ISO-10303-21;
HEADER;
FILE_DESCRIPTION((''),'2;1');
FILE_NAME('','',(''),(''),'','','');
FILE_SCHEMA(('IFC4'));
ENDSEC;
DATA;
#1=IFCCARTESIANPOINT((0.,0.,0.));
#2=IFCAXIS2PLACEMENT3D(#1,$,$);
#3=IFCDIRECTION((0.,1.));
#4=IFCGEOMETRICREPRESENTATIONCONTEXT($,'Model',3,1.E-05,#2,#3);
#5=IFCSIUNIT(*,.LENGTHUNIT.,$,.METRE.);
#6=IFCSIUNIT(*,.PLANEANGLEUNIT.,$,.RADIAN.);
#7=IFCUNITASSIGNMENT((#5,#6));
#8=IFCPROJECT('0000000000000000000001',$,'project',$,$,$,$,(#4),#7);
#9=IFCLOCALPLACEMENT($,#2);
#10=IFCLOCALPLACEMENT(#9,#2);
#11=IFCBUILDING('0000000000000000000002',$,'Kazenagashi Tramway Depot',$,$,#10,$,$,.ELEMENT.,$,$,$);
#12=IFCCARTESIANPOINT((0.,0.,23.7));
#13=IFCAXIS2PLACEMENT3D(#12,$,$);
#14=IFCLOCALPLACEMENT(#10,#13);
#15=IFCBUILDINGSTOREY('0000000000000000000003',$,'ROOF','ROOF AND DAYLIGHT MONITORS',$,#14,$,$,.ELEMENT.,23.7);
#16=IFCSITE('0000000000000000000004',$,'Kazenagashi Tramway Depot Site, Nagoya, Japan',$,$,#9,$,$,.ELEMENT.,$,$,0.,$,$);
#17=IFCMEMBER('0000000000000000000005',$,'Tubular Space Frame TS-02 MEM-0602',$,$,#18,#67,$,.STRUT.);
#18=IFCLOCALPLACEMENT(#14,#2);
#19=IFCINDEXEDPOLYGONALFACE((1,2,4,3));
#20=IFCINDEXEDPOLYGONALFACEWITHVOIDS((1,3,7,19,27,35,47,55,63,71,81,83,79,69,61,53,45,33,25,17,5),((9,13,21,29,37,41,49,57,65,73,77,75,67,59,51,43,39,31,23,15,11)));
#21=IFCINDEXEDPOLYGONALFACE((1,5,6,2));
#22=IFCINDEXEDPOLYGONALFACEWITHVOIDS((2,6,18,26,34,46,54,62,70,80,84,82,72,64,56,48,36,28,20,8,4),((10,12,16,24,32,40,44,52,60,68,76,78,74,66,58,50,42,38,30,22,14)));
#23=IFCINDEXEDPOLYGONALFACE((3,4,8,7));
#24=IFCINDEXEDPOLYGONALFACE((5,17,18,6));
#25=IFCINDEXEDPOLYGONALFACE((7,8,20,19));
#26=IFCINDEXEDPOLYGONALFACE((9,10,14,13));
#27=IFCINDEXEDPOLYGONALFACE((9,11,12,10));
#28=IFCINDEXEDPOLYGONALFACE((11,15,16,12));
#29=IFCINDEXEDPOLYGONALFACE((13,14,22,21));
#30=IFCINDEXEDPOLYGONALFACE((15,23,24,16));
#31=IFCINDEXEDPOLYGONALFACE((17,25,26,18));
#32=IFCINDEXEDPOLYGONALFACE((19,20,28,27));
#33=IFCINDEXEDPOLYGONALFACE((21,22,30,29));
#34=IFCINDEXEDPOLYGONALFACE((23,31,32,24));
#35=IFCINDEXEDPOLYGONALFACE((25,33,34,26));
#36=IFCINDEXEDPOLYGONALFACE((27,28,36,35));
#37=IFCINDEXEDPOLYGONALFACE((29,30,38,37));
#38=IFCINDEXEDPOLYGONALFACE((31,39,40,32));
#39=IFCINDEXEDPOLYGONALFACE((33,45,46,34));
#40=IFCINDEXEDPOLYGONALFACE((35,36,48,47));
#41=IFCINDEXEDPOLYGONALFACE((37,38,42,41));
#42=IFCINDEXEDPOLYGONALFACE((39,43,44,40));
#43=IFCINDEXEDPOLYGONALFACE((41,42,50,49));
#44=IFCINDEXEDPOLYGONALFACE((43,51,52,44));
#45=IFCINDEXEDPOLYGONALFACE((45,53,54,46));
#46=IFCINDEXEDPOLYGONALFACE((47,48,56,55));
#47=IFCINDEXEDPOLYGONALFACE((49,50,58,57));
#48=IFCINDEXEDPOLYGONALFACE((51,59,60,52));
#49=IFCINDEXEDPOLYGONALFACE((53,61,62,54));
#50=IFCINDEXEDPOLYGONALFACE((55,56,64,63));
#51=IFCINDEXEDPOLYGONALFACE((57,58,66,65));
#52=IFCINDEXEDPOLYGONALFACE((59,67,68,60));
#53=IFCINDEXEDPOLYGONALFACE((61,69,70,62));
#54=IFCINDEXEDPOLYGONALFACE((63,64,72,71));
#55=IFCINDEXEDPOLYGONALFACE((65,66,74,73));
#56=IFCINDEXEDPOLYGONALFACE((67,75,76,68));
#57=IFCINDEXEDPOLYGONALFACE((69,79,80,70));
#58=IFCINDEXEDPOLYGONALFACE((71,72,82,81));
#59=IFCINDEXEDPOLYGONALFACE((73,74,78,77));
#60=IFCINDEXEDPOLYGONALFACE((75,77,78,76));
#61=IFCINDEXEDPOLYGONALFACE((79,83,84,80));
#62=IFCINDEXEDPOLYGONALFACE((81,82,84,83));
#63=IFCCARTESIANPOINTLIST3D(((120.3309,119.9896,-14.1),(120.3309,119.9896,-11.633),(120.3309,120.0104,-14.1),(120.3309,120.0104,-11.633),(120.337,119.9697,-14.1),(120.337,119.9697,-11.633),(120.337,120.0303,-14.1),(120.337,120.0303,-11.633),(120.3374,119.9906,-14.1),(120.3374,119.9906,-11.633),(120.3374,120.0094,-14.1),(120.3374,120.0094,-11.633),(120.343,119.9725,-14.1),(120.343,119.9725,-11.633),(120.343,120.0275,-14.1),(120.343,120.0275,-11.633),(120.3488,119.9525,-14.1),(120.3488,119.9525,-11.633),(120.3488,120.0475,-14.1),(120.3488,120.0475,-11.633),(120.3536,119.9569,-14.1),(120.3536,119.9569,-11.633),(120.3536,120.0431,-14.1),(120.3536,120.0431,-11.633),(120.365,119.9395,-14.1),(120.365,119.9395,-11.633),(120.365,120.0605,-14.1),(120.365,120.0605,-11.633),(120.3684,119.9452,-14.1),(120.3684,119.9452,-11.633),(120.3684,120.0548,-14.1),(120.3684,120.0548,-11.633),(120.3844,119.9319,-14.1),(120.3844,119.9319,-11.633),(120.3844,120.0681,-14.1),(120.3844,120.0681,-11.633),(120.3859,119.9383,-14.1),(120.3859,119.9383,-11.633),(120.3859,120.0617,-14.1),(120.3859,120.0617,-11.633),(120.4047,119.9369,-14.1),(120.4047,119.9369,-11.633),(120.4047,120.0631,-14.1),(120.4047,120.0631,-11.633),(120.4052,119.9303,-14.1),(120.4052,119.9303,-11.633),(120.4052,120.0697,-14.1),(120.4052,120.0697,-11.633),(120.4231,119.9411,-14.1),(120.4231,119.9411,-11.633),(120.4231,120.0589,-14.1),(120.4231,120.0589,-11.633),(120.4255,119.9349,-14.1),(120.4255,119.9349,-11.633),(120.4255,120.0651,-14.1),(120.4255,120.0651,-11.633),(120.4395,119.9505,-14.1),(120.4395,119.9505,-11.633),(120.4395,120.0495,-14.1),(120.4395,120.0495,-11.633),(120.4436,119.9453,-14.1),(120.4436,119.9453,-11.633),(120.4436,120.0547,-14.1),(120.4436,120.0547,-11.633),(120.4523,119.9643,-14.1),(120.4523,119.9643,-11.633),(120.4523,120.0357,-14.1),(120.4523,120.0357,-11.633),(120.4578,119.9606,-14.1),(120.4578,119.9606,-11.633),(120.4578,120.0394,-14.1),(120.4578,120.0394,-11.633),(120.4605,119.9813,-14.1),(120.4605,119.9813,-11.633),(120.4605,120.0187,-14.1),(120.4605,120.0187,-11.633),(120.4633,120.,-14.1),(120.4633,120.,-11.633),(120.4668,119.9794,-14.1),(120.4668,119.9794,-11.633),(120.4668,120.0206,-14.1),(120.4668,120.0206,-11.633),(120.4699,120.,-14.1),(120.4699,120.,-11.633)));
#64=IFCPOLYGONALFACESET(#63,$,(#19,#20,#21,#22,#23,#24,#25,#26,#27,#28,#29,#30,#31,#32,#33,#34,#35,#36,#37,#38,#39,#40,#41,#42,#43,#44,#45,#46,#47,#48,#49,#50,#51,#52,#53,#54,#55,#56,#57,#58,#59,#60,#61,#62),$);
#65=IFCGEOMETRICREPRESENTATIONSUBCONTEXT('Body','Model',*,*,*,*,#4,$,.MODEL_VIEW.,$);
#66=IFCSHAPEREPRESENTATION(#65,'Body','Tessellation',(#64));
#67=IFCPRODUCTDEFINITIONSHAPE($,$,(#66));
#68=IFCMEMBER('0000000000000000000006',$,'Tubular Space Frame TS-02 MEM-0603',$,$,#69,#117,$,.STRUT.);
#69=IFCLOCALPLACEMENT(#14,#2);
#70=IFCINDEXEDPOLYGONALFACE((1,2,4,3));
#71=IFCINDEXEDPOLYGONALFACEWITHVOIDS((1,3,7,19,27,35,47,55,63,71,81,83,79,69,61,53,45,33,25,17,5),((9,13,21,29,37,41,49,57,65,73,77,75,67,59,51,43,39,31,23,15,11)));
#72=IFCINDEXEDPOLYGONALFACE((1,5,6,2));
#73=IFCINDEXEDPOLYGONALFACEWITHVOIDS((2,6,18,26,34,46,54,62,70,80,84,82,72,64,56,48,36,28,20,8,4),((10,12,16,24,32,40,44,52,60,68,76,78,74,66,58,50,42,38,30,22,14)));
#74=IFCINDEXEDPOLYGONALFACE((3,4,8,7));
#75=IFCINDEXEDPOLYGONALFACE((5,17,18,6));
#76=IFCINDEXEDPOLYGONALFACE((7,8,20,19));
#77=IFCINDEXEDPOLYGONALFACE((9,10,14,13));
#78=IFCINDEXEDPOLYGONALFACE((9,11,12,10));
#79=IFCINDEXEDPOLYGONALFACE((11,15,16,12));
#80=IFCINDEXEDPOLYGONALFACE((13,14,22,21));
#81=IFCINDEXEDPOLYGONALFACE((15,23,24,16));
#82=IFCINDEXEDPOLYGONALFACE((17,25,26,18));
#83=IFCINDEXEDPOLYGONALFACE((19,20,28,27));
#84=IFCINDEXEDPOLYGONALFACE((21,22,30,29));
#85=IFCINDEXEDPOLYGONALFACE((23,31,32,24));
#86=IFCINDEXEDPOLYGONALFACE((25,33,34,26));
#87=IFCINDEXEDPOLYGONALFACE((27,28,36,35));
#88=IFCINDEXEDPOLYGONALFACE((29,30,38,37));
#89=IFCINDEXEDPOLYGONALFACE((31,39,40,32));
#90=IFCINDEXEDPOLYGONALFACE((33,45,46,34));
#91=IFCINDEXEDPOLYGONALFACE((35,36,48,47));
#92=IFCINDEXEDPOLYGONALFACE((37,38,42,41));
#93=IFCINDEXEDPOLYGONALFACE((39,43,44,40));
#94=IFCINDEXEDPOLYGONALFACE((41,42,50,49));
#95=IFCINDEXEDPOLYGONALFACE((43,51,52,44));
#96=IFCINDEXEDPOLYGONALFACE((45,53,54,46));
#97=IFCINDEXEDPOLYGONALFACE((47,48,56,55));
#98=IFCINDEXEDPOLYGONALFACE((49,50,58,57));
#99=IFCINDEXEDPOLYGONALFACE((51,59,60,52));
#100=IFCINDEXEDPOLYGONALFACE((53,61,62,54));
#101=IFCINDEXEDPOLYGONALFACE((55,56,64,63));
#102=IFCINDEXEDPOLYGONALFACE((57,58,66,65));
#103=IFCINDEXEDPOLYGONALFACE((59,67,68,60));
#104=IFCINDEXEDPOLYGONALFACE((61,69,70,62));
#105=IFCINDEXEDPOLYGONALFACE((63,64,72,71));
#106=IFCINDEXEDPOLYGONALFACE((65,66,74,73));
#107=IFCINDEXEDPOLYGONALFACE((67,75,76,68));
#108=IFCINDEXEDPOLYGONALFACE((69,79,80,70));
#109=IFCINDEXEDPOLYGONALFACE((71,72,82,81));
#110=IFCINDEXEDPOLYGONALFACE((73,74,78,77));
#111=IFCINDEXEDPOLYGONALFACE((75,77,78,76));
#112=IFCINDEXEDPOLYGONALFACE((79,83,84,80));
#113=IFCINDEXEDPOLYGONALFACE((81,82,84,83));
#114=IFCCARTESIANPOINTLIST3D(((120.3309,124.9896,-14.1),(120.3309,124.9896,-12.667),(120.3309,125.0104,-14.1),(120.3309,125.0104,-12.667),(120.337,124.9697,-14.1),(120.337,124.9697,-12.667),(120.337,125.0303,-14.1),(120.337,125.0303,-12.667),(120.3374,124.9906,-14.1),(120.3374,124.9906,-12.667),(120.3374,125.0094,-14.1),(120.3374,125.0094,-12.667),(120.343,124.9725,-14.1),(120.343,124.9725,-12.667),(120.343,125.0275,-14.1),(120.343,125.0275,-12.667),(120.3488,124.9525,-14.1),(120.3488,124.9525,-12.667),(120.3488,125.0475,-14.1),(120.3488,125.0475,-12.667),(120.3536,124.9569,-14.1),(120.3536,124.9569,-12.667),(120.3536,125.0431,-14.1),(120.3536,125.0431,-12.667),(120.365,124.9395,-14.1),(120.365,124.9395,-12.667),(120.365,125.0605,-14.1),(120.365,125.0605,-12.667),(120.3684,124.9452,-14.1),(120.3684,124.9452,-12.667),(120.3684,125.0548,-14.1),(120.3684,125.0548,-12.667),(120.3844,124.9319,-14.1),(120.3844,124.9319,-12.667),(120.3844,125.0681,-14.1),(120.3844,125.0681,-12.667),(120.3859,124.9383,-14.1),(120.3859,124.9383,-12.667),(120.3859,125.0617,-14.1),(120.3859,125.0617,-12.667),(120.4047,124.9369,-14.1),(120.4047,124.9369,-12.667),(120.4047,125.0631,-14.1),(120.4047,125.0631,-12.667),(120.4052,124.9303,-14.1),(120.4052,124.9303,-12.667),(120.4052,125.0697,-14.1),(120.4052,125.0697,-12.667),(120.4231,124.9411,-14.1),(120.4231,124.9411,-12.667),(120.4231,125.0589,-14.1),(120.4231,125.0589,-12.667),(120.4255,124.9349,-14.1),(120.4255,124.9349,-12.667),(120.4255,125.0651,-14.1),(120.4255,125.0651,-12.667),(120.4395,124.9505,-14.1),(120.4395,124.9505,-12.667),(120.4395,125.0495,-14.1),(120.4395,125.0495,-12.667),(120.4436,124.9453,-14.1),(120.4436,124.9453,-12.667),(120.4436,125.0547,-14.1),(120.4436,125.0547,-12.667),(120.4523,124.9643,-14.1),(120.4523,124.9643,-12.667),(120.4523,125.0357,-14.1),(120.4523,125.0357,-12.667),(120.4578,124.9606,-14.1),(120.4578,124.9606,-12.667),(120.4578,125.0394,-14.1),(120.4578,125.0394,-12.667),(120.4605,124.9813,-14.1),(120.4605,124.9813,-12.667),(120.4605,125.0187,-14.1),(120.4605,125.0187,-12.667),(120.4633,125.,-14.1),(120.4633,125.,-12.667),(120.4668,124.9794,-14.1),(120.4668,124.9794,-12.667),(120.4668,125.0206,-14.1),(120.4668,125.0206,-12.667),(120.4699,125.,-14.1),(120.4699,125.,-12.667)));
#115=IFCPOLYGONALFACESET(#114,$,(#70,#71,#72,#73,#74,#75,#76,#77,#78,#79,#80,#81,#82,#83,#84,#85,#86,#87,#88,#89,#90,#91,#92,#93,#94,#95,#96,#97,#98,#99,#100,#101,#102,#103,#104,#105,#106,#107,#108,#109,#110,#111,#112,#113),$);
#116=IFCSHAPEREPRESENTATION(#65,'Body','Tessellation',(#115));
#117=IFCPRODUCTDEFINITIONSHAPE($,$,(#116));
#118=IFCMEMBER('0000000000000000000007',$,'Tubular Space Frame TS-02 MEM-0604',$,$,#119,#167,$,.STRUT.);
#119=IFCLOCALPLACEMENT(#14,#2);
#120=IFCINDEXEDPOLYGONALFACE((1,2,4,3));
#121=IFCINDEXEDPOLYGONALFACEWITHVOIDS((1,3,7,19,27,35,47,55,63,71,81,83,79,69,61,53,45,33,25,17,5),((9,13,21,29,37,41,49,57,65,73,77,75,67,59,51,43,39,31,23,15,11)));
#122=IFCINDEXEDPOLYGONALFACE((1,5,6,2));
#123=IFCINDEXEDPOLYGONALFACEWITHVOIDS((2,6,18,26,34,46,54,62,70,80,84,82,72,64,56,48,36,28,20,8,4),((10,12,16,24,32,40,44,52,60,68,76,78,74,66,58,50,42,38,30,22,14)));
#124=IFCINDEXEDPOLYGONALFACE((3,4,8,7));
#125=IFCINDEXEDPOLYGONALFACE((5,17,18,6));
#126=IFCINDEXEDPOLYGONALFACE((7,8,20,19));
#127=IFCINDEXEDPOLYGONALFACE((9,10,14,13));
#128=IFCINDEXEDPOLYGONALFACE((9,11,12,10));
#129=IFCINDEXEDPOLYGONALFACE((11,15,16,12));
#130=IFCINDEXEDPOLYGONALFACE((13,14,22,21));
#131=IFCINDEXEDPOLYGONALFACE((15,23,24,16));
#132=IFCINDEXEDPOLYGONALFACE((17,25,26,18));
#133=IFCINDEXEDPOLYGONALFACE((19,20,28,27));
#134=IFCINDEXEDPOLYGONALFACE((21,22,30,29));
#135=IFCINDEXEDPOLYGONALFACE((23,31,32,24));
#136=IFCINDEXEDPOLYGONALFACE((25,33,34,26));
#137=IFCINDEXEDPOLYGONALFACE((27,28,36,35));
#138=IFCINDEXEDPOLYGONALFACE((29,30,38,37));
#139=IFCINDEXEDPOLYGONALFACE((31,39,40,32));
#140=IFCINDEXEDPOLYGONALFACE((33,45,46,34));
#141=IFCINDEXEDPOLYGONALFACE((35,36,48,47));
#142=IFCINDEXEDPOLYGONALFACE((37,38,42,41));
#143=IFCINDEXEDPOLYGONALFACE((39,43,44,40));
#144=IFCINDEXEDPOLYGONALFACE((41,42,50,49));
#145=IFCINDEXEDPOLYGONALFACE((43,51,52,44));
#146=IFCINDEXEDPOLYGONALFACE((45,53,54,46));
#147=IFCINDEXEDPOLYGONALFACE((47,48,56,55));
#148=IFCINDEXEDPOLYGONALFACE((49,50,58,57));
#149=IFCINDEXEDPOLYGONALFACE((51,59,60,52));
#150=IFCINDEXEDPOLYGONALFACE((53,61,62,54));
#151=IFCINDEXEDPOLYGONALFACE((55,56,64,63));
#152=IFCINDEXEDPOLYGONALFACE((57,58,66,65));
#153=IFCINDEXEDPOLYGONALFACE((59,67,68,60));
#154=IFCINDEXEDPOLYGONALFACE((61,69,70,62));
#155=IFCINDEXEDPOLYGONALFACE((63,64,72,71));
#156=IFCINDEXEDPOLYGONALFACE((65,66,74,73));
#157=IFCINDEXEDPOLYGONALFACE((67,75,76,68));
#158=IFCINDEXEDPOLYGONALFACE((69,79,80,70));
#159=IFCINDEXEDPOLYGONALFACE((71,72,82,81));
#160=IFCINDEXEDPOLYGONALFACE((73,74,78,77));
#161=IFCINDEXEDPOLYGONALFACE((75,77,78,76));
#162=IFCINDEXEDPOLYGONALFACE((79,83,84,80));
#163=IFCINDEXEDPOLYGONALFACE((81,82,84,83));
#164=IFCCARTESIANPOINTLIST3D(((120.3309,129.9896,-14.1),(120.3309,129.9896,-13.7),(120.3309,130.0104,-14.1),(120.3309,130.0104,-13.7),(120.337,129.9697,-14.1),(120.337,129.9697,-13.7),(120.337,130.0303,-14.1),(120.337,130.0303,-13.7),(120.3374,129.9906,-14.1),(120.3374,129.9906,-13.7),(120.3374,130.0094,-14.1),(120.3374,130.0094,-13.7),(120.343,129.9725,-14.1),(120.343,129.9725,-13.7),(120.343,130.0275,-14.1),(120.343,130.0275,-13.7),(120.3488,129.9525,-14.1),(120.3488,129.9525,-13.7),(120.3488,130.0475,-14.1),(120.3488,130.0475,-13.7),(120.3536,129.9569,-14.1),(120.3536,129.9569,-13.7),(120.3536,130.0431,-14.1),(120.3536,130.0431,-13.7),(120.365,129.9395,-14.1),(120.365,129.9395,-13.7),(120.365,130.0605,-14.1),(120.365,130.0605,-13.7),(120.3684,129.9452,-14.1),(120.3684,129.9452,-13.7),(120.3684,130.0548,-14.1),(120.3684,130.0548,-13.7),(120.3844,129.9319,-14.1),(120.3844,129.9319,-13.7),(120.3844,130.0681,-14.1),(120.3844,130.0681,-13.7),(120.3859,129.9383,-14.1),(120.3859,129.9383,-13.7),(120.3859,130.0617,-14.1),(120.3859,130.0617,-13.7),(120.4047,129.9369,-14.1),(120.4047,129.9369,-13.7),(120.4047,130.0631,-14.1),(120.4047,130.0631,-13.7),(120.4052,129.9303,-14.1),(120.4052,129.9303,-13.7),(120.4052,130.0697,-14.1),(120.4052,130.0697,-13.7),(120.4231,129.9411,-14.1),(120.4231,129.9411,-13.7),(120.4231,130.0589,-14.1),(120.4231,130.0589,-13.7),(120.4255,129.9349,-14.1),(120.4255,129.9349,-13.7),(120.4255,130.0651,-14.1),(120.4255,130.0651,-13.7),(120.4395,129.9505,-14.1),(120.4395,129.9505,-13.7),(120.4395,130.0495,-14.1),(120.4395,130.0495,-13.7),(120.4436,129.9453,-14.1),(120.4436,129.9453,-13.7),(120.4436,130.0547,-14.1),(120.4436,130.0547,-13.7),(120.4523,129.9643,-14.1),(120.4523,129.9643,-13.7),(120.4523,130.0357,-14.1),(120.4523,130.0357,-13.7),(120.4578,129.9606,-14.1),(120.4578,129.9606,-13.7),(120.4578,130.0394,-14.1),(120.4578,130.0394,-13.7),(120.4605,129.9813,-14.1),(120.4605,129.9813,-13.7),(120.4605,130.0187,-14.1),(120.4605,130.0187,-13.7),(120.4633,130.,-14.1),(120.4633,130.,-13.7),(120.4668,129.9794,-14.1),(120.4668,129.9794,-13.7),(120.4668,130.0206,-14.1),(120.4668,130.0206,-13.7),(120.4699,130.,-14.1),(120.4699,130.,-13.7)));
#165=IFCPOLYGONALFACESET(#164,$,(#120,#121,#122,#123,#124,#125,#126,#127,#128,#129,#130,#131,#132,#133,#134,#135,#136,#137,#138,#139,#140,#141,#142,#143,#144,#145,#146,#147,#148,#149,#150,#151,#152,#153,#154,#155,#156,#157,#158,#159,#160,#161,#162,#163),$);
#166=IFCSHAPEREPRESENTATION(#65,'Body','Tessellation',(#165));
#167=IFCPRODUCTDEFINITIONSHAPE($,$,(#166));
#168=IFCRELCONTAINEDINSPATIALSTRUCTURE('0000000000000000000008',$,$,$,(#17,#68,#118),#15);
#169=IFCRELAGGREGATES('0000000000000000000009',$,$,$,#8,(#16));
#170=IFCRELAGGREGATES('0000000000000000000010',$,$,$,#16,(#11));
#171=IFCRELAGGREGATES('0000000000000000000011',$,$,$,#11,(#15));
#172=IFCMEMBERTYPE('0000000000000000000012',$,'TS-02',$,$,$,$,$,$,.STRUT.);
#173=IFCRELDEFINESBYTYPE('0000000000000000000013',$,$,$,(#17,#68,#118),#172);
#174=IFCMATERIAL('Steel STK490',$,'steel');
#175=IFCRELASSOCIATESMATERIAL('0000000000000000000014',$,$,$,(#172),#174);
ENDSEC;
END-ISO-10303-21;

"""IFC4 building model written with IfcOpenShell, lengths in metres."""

from ifc_helpers import new_model, si_unit, direction, frame, origin, origin_2d, place, context, subcontext, project, spatial, hollow_circle, extrude, material, material_profile, profile_set, type_object, element, save


model = new_model("IFC4")

# Units and contexts
model_context = context("Model", 3, precision=1e-05, world=origin(), true_north=direction((0.0, 1.0)))
body_context = subcontext(model_context, "Body", "Model", "MODEL_VIEW")
ifc_project = project(units=[si_unit("LENGTHUNIT", "METRE"), si_unit("PLANEANGLEUNIT", "RADIAN")], contexts=[model_context])

# Site, building, storey
site_placement = place(None, origin())
site = spatial("IfcSite", under=ifc_project, at=site_placement, Name="Kazenagashi Tramway Depot Site, Nagoya, Japan", CompositionType="ELEMENT", RefElevation=0.0)
building_placement = place(site_placement, origin())
building = spatial("IfcBuilding", under=site, at=building_placement, Name="Kazenagashi Tramway Depot", CompositionType="ELEMENT")
storey_placement = place(building_placement, frame((0.0, 0.0, 23.7)))
storey = spatial("IfcBuildingStorey", under=building, at=storey_placement, Name="ROOF", Description="ROOF AND DAYLIGHT MONITORS", CompositionType="ELEMENT", Elevation=23.7)

# Members
ifc_material_1 = material(Name="Steel STK490", Category="steel")
ifc_material_profile_1 = material_profile(ifc_material_1, hollow_circle(Radius=0.0699, WallThickness=0.0066, at=origin_2d()), Name="CHS-139.8x6.6")
ifc_profile_set_1 = profile_set([ifc_material_profile_1], Name="Steel STK490")
member_type_1 = type_object("IfcMemberType", Name="TS-02", PredefinedType="STRUT", material=ifc_profile_set_1)
member_1_placement = place(storey_placement, frame((120.4, 120.0, -14.1), z_axis=(0.0, 0.0, 1.0), x_axis=(1.0, 0.0, 0.0)))
element("IfcMember", 1, at=member_1_placement, inside=storey, type_object=member_type_1, Name="Tubular Space Frame TS-02 MEM-0602", PredefinedType="STRUT", context=body_context, shape_type="SweptSolid", body=[
    extrude(hollow_circle(Radius=0.0699, WallThickness=0.0066, at=origin_2d()), origin(), (0.0, 0.0, 1.0), 2.467),
])
member_2_placement = place(storey_placement, frame((120.4, 125.0, -14.1), z_axis=(0.0, 0.0, 1.0), x_axis=(1.0, 0.0, 0.0)))
element("IfcMember", 2, at=member_2_placement, inside=storey, type_object=member_type_1, Name="Tubular Space Frame TS-02 MEM-0603", PredefinedType="STRUT", context=body_context, shape_type="SweptSolid", body=[
    extrude(hollow_circle(Radius=0.0699, WallThickness=0.0066, at=origin_2d()), origin(), (0.0, 0.0, 1.0), 1.433),
])
member_3_placement = place(storey_placement, frame((120.4, 130.0, -14.1), z_axis=(0.0, 0.0, 1.0), x_axis=(1.0, 0.0, 0.0)))
element("IfcMember", 3, at=member_3_placement, inside=storey, type_object=member_type_1, Name="Tubular Space Frame TS-02 MEM-0604", PredefinedType="STRUT", context=body_context, shape_type="SweptSolid", body=[
    extrude(hollow_circle(Radius=0.0699, WallThickness=0.0066, at=origin_2d()), origin(), (0.0, 0.0, 1.0), 0.4),
])

save(model, "model.ifc")
